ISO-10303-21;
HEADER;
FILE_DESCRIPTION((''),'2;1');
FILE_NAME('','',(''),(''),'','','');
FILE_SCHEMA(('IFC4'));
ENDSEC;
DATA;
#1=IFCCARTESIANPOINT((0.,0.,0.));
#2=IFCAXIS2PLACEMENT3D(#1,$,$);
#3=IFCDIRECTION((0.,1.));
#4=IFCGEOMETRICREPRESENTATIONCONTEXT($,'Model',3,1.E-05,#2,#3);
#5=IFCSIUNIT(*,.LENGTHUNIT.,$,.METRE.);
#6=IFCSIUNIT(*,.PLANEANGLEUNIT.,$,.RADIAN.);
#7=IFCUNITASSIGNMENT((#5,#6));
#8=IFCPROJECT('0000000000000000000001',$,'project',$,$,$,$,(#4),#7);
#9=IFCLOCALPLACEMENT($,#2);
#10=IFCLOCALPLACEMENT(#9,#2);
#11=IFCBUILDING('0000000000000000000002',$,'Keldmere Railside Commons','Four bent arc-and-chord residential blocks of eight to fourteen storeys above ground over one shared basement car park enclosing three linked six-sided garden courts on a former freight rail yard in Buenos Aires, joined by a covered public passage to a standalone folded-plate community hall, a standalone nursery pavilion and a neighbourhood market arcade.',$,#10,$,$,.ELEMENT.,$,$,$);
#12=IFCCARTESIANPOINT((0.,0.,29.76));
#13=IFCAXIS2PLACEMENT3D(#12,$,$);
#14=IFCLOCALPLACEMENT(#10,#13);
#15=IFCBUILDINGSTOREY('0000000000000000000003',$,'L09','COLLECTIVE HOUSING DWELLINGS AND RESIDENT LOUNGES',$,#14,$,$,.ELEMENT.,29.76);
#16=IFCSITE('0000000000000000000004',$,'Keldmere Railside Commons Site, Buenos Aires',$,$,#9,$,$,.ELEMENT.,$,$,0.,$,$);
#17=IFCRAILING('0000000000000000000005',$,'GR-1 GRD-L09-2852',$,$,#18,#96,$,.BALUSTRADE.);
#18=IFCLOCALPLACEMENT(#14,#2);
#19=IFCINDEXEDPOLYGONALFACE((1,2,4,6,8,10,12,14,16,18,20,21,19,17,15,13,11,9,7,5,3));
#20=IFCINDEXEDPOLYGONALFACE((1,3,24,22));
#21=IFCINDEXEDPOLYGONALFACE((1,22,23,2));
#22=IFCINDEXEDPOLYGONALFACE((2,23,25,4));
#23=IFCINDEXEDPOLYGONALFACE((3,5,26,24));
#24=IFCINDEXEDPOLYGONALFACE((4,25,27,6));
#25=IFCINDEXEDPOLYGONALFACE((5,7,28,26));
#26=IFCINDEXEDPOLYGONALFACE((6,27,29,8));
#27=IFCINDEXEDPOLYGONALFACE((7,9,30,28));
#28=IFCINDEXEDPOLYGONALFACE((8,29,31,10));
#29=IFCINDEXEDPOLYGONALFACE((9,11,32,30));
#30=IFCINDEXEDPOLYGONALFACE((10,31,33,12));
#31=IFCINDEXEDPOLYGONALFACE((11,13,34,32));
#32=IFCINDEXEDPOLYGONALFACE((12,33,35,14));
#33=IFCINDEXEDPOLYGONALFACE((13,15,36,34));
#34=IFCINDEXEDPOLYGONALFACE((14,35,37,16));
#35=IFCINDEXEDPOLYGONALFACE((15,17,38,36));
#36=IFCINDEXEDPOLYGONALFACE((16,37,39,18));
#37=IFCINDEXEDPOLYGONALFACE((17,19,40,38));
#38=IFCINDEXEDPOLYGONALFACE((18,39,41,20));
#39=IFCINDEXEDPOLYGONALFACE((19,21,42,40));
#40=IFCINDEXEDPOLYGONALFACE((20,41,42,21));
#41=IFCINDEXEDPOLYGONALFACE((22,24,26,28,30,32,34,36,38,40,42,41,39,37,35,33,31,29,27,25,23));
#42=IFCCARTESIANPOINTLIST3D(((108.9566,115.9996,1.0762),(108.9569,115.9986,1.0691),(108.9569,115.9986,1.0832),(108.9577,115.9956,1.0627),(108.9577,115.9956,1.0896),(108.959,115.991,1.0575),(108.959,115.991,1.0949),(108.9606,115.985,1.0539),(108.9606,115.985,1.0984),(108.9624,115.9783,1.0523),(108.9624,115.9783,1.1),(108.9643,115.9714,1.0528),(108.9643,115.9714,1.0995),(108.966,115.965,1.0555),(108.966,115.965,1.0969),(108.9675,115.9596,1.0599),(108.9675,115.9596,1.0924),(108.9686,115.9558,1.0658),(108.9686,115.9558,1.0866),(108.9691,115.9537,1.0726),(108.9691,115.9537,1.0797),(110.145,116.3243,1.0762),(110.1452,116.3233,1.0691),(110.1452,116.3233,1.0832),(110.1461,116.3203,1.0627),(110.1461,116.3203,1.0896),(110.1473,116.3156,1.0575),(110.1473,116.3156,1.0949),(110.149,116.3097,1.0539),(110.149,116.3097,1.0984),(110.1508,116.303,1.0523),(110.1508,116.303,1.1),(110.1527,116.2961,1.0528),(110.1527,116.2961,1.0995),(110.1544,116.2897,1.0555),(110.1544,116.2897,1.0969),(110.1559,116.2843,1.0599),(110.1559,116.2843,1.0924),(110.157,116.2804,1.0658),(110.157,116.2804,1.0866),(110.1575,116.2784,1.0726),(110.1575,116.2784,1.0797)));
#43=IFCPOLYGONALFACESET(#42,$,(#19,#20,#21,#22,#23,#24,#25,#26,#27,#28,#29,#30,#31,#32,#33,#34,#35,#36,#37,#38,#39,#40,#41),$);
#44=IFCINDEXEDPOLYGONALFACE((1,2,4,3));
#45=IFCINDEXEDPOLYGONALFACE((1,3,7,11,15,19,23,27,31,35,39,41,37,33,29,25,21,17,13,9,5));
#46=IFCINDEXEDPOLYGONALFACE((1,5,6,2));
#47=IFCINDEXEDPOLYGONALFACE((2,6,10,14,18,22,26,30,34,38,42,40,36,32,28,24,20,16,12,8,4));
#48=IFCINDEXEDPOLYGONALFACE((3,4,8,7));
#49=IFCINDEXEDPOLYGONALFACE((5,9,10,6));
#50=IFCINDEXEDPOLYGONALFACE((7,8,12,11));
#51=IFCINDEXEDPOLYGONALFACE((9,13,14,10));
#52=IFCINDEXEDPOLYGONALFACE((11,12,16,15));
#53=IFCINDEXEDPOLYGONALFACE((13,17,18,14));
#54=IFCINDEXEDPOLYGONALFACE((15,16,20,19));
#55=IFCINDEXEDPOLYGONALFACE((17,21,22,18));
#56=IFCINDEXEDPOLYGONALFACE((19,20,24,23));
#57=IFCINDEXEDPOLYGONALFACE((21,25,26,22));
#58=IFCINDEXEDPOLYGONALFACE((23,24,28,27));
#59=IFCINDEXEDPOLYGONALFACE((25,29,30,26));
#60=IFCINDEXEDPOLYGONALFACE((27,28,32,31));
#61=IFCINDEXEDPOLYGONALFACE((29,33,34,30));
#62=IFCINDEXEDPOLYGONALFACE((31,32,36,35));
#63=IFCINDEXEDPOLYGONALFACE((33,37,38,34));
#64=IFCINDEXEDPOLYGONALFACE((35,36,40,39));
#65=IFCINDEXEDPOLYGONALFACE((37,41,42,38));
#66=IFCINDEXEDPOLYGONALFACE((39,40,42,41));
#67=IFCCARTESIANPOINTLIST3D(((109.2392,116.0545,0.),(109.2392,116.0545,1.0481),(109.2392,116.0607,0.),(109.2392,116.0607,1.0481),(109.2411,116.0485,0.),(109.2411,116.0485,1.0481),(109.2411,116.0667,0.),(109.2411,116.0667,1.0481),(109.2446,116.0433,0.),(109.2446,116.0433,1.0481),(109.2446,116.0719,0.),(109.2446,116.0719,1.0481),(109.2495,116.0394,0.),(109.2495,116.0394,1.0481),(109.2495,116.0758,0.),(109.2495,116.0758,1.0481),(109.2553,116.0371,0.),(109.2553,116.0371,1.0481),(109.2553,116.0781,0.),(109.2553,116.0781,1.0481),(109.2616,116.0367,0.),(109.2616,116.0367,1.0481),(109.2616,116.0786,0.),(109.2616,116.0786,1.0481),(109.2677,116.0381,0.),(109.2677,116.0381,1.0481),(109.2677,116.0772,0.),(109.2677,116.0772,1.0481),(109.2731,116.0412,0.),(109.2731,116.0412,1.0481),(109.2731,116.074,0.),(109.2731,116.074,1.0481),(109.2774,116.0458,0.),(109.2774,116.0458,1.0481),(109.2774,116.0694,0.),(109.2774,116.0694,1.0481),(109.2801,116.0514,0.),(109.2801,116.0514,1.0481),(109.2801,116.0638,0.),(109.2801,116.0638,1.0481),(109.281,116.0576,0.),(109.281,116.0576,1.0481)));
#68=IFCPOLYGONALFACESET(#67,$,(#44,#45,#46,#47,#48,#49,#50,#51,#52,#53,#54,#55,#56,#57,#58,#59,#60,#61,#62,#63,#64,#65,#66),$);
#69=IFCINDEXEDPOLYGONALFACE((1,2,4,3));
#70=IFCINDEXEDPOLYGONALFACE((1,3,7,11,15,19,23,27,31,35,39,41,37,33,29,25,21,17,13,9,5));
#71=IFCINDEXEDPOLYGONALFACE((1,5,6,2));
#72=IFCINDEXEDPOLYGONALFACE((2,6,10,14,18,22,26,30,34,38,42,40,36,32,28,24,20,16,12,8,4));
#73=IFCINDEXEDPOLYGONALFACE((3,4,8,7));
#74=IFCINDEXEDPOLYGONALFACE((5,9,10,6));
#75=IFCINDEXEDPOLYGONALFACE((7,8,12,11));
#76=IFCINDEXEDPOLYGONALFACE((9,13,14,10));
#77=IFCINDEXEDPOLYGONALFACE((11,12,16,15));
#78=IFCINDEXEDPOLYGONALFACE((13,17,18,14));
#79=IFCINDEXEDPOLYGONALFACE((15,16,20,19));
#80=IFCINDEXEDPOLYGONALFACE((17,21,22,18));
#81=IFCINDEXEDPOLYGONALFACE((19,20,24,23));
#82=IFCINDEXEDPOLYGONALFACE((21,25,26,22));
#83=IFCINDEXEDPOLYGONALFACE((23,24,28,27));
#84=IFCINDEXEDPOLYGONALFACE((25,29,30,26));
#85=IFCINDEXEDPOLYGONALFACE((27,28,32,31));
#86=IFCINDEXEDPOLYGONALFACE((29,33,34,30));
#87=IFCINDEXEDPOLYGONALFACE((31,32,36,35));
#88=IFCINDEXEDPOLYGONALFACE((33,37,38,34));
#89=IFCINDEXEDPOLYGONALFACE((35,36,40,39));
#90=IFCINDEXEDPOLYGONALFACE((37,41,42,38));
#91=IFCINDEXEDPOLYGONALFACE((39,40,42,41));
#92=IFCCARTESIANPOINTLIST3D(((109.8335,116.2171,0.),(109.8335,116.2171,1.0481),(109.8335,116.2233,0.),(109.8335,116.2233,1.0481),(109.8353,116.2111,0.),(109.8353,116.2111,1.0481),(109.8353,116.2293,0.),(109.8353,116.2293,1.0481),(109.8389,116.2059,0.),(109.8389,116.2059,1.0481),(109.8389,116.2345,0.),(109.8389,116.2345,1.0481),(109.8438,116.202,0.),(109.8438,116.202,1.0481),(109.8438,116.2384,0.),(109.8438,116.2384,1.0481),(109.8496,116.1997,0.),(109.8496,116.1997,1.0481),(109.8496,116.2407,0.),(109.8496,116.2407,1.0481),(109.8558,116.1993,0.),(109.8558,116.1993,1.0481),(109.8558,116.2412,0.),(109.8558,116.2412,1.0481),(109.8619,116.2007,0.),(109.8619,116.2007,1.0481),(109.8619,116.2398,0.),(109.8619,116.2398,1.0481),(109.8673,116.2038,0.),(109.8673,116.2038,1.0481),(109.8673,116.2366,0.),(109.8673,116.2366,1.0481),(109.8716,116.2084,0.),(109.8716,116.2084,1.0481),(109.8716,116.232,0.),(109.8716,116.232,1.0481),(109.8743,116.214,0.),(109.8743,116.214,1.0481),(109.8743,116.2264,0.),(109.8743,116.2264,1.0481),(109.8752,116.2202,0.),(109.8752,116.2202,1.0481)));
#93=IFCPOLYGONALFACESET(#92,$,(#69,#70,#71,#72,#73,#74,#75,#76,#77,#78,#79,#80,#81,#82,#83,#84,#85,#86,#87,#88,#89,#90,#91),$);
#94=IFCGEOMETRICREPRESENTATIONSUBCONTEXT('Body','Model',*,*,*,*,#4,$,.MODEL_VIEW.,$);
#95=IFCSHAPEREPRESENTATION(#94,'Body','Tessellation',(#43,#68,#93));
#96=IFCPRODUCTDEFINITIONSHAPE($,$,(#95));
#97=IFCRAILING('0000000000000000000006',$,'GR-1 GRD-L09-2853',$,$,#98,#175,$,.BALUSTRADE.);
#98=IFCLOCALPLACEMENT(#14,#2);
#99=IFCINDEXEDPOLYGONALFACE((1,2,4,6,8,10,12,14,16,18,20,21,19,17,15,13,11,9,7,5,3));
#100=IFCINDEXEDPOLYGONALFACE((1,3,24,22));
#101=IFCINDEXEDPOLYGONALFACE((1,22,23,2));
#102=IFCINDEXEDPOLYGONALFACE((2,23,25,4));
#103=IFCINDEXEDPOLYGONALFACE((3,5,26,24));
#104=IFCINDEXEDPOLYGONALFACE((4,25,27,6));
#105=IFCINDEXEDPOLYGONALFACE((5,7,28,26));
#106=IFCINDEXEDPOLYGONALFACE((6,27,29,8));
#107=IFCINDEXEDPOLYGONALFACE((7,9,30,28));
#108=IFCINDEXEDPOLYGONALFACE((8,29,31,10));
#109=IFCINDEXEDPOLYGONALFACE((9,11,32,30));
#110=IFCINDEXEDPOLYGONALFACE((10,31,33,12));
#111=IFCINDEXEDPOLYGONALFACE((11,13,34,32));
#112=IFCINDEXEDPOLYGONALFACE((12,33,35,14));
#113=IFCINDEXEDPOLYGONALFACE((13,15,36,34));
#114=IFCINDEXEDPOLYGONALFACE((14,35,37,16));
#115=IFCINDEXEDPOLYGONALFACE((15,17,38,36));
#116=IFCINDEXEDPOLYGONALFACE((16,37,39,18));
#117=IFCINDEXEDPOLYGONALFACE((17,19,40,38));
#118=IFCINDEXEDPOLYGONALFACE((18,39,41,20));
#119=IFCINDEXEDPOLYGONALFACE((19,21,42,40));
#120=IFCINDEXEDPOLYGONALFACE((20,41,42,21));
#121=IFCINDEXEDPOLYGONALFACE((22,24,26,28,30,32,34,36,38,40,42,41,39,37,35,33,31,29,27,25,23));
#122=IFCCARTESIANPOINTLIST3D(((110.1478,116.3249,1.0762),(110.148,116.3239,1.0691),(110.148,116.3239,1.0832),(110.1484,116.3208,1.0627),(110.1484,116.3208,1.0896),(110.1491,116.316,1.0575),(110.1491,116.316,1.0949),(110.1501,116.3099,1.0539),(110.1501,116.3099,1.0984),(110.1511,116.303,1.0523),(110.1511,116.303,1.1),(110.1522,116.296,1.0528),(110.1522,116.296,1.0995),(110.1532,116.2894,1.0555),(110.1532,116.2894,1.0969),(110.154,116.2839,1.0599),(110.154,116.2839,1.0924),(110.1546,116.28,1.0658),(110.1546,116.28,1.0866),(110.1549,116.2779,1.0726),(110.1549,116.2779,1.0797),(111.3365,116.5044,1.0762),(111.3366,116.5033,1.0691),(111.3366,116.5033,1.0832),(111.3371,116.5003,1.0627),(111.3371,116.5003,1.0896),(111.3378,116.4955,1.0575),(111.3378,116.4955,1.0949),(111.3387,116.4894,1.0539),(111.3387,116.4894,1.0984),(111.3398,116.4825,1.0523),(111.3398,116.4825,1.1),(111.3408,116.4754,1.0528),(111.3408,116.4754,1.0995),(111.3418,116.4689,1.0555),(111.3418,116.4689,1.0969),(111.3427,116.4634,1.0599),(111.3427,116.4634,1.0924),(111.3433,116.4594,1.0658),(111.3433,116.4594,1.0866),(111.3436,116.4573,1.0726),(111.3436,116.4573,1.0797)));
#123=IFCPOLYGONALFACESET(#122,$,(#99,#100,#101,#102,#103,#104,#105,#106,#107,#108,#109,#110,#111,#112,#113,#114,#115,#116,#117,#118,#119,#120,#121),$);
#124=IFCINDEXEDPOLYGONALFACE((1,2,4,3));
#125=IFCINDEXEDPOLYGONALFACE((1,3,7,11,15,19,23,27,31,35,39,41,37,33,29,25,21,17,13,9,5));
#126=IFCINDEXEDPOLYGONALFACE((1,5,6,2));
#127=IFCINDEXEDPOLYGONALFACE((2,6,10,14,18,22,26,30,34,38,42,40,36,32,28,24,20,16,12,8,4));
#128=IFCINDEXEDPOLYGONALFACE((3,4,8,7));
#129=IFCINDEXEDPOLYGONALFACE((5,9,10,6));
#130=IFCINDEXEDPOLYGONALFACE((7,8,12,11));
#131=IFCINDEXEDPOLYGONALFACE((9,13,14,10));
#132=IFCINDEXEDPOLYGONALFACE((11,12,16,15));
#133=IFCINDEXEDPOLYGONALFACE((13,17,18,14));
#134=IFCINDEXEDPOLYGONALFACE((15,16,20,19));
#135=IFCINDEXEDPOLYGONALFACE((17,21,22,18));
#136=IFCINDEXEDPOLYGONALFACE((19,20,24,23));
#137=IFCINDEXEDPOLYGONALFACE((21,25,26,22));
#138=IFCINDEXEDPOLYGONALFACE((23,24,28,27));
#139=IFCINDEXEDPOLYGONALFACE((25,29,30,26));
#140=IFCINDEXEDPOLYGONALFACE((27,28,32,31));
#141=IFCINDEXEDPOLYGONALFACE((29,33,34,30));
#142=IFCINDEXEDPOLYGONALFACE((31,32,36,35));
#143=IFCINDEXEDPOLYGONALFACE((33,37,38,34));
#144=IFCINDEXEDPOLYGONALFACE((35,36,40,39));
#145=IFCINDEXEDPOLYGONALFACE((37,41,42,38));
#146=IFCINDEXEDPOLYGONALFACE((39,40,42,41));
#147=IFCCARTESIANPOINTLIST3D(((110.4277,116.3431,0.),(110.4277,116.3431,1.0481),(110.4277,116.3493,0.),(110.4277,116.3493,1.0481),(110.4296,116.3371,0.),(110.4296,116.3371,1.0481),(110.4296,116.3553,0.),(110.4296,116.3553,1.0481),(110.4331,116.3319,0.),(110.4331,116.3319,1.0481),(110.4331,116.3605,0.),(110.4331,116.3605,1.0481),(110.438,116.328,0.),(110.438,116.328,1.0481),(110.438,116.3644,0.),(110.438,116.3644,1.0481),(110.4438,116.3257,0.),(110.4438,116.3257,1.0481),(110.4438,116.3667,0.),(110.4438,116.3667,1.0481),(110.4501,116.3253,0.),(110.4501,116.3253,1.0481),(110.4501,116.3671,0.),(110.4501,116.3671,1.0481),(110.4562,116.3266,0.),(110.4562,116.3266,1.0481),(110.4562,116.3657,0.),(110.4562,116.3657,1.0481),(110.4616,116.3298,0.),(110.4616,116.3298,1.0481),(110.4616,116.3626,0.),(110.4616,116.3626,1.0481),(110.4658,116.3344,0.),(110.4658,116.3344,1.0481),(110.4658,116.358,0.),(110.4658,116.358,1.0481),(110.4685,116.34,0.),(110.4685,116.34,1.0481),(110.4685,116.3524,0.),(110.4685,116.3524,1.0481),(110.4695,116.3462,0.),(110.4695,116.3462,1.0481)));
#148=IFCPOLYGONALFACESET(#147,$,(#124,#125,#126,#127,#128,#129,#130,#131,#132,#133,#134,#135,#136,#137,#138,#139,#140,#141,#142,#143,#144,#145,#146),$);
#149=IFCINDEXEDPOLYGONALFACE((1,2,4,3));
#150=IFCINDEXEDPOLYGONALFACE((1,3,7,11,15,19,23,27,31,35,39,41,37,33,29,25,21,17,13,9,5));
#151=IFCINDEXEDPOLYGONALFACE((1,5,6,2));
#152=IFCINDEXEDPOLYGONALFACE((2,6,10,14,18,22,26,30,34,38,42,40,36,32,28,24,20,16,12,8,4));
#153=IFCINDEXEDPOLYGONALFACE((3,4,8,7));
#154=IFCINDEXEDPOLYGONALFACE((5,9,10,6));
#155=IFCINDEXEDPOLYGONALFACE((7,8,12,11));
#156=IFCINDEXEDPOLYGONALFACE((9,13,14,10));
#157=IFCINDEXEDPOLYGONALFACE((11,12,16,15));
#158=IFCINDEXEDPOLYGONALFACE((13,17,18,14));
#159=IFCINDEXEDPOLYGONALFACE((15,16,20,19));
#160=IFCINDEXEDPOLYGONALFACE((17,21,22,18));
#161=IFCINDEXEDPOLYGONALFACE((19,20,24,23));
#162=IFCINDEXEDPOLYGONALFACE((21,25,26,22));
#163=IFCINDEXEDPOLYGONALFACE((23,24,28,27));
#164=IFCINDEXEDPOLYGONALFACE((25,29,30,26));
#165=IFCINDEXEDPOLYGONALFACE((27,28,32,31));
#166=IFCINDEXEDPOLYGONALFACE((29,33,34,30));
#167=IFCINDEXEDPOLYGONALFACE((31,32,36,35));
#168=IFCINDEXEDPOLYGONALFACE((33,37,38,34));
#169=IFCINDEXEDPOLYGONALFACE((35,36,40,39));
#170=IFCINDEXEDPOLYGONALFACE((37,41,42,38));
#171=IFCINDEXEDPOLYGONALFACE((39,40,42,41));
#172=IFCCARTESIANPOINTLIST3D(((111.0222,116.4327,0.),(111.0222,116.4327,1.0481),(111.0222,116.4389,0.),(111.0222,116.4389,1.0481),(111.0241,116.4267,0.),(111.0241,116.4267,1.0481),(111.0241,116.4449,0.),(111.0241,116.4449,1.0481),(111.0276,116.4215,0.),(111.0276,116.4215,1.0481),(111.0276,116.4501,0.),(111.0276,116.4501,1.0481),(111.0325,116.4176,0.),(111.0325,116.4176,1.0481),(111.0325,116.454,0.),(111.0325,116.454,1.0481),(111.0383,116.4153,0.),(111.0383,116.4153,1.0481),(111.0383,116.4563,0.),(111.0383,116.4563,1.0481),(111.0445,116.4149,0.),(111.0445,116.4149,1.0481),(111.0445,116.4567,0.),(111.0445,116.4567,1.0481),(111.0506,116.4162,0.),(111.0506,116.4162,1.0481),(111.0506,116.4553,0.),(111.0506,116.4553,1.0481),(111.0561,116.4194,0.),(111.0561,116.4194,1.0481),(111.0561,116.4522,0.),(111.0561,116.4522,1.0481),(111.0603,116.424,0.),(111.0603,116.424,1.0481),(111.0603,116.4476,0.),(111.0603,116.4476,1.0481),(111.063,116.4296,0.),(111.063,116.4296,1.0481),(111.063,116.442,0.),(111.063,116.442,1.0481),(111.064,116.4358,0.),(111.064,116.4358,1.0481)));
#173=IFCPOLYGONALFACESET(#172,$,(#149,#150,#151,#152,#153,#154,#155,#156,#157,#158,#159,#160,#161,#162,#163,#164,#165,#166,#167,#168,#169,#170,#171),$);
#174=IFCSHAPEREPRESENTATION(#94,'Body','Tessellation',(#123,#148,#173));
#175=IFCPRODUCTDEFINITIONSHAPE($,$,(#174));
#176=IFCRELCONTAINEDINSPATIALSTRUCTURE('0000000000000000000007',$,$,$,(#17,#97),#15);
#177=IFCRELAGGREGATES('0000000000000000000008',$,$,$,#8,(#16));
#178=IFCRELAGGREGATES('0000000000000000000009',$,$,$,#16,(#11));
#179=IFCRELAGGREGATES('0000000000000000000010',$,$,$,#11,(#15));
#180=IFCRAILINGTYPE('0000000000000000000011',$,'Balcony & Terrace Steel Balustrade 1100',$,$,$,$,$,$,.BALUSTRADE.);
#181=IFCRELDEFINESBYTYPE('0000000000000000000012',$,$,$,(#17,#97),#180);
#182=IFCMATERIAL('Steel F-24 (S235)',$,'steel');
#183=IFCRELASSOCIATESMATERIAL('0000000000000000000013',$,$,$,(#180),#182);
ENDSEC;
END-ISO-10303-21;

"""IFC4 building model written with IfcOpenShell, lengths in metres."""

from ifc_helpers import new_model, si_unit, direction, frame, origin, origin_2d, place, context, subcontext, project, spatial, circle, extrude, material, type_object, element, save


model = new_model("IFC4")

# Units and contexts
model_context = context("Model", 3, precision=1e-05, world=origin(), true_north=direction((0.0, 1.0)))
body_context = subcontext(model_context, "Body", "Model", "MODEL_VIEW")
ifc_project = project(units=[si_unit("LENGTHUNIT", "METRE"), si_unit("PLANEANGLEUNIT", "RADIAN")], contexts=[model_context])

# Site, building, storey
site_placement = place(None, origin())
site = spatial("IfcSite", under=ifc_project, at=site_placement, Name="Keldmere Railside Commons Site, Buenos Aires", CompositionType="ELEMENT", RefElevation=0.0)
building_placement = place(site_placement, origin())
building = spatial("IfcBuilding", under=site, at=building_placement, Name="Keldmere Railside Commons", Description="Four bent arc-and-chord residential blocks of eight to fourteen storeys above ground over one shared basement car park enclosing three linked six-sided garden courts on a former freight rail yard in Buenos Aires, joined by a covered public passage to a standalone folded-plate community hall, a standalone nursery pavilion and a neighbourhood market arcade.", CompositionType="ELEMENT")
storey_placement = place(building_placement, frame((0.0, 0.0, 29.76)))
storey = spatial("IfcBuildingStorey", under=building, at=storey_placement, Name="L09", Description="COLLECTIVE HOUSING DWELLINGS AND RESIDENT LOUNGES", CompositionType="ELEMENT", Elevation=29.76)

# Railings
ifc_material_1 = material(Name="Steel F-24 (S235)", Category="steel")
railing_type = type_object("IfcRailingType", Name="Balcony & Terrace Steel Balustrade 1100", PredefinedType="BALUSTRADE", material=ifc_material_1)
railing_1_placement = place(storey_placement, frame((108.9629, 115.9766, 0.0)))
element("IfcRailing", 1, at=railing_1_placement, inside=storey, type_object=railing_type, Name="GR-1 GRD-L09-2852", PredefinedType="BALUSTRADE", context=body_context, shape_type="SweptSolid", body=[
    extrude(circle(Radius=0.0239, at=origin_2d()), frame((0.0, 0.0, 1.0762), z_axis=(0.964645, 0.263553, 0.0), x_axis=(-0.263553, 0.964645, 0.0)), (0.0, 0.0, 1.0), 1.2319),
    extrude(circle(Radius=0.021, at=origin_2d()), frame((0.2971, 0.0811, 0.0)), (0.0, 0.0, 1.0), 1.0481),
    extrude(circle(Radius=0.021, at=origin_2d()), frame((0.8914, 0.2437, 0.0)), (0.0, 0.0, 1.0), 1.0481),
])
railing_2_placement = place(storey_placement, frame((110.1514, 116.3013, 0.0)))
element("IfcRailing", 2, at=railing_2_placement, inside=storey, type_object=railing_type, Name="GR-1 GRD-L09-2853", PredefinedType="BALUSTRADE", context=body_context, shape_type="SweptSolid", body=[
    extrude(circle(Radius=0.0239, at=origin_2d()), frame((0.0, 0.0, 1.0762), z_axis=(0.988797, 0.149264, 0.0), x_axis=(-0.149264, 0.988797, 0.0)), (0.0, 0.0, 1.0), 1.2021),
    extrude(circle(Radius=0.021, at=origin_2d()), frame((0.2971, 0.0449, 0.0)), (0.0, 0.0, 1.0), 1.0481),
    extrude(circle(Radius=0.021, at=origin_2d()), frame((0.8916, 0.1345, 0.0)), (0.0, 0.0, 1.0), 1.0481),
])

save(model, "model.ifc")
